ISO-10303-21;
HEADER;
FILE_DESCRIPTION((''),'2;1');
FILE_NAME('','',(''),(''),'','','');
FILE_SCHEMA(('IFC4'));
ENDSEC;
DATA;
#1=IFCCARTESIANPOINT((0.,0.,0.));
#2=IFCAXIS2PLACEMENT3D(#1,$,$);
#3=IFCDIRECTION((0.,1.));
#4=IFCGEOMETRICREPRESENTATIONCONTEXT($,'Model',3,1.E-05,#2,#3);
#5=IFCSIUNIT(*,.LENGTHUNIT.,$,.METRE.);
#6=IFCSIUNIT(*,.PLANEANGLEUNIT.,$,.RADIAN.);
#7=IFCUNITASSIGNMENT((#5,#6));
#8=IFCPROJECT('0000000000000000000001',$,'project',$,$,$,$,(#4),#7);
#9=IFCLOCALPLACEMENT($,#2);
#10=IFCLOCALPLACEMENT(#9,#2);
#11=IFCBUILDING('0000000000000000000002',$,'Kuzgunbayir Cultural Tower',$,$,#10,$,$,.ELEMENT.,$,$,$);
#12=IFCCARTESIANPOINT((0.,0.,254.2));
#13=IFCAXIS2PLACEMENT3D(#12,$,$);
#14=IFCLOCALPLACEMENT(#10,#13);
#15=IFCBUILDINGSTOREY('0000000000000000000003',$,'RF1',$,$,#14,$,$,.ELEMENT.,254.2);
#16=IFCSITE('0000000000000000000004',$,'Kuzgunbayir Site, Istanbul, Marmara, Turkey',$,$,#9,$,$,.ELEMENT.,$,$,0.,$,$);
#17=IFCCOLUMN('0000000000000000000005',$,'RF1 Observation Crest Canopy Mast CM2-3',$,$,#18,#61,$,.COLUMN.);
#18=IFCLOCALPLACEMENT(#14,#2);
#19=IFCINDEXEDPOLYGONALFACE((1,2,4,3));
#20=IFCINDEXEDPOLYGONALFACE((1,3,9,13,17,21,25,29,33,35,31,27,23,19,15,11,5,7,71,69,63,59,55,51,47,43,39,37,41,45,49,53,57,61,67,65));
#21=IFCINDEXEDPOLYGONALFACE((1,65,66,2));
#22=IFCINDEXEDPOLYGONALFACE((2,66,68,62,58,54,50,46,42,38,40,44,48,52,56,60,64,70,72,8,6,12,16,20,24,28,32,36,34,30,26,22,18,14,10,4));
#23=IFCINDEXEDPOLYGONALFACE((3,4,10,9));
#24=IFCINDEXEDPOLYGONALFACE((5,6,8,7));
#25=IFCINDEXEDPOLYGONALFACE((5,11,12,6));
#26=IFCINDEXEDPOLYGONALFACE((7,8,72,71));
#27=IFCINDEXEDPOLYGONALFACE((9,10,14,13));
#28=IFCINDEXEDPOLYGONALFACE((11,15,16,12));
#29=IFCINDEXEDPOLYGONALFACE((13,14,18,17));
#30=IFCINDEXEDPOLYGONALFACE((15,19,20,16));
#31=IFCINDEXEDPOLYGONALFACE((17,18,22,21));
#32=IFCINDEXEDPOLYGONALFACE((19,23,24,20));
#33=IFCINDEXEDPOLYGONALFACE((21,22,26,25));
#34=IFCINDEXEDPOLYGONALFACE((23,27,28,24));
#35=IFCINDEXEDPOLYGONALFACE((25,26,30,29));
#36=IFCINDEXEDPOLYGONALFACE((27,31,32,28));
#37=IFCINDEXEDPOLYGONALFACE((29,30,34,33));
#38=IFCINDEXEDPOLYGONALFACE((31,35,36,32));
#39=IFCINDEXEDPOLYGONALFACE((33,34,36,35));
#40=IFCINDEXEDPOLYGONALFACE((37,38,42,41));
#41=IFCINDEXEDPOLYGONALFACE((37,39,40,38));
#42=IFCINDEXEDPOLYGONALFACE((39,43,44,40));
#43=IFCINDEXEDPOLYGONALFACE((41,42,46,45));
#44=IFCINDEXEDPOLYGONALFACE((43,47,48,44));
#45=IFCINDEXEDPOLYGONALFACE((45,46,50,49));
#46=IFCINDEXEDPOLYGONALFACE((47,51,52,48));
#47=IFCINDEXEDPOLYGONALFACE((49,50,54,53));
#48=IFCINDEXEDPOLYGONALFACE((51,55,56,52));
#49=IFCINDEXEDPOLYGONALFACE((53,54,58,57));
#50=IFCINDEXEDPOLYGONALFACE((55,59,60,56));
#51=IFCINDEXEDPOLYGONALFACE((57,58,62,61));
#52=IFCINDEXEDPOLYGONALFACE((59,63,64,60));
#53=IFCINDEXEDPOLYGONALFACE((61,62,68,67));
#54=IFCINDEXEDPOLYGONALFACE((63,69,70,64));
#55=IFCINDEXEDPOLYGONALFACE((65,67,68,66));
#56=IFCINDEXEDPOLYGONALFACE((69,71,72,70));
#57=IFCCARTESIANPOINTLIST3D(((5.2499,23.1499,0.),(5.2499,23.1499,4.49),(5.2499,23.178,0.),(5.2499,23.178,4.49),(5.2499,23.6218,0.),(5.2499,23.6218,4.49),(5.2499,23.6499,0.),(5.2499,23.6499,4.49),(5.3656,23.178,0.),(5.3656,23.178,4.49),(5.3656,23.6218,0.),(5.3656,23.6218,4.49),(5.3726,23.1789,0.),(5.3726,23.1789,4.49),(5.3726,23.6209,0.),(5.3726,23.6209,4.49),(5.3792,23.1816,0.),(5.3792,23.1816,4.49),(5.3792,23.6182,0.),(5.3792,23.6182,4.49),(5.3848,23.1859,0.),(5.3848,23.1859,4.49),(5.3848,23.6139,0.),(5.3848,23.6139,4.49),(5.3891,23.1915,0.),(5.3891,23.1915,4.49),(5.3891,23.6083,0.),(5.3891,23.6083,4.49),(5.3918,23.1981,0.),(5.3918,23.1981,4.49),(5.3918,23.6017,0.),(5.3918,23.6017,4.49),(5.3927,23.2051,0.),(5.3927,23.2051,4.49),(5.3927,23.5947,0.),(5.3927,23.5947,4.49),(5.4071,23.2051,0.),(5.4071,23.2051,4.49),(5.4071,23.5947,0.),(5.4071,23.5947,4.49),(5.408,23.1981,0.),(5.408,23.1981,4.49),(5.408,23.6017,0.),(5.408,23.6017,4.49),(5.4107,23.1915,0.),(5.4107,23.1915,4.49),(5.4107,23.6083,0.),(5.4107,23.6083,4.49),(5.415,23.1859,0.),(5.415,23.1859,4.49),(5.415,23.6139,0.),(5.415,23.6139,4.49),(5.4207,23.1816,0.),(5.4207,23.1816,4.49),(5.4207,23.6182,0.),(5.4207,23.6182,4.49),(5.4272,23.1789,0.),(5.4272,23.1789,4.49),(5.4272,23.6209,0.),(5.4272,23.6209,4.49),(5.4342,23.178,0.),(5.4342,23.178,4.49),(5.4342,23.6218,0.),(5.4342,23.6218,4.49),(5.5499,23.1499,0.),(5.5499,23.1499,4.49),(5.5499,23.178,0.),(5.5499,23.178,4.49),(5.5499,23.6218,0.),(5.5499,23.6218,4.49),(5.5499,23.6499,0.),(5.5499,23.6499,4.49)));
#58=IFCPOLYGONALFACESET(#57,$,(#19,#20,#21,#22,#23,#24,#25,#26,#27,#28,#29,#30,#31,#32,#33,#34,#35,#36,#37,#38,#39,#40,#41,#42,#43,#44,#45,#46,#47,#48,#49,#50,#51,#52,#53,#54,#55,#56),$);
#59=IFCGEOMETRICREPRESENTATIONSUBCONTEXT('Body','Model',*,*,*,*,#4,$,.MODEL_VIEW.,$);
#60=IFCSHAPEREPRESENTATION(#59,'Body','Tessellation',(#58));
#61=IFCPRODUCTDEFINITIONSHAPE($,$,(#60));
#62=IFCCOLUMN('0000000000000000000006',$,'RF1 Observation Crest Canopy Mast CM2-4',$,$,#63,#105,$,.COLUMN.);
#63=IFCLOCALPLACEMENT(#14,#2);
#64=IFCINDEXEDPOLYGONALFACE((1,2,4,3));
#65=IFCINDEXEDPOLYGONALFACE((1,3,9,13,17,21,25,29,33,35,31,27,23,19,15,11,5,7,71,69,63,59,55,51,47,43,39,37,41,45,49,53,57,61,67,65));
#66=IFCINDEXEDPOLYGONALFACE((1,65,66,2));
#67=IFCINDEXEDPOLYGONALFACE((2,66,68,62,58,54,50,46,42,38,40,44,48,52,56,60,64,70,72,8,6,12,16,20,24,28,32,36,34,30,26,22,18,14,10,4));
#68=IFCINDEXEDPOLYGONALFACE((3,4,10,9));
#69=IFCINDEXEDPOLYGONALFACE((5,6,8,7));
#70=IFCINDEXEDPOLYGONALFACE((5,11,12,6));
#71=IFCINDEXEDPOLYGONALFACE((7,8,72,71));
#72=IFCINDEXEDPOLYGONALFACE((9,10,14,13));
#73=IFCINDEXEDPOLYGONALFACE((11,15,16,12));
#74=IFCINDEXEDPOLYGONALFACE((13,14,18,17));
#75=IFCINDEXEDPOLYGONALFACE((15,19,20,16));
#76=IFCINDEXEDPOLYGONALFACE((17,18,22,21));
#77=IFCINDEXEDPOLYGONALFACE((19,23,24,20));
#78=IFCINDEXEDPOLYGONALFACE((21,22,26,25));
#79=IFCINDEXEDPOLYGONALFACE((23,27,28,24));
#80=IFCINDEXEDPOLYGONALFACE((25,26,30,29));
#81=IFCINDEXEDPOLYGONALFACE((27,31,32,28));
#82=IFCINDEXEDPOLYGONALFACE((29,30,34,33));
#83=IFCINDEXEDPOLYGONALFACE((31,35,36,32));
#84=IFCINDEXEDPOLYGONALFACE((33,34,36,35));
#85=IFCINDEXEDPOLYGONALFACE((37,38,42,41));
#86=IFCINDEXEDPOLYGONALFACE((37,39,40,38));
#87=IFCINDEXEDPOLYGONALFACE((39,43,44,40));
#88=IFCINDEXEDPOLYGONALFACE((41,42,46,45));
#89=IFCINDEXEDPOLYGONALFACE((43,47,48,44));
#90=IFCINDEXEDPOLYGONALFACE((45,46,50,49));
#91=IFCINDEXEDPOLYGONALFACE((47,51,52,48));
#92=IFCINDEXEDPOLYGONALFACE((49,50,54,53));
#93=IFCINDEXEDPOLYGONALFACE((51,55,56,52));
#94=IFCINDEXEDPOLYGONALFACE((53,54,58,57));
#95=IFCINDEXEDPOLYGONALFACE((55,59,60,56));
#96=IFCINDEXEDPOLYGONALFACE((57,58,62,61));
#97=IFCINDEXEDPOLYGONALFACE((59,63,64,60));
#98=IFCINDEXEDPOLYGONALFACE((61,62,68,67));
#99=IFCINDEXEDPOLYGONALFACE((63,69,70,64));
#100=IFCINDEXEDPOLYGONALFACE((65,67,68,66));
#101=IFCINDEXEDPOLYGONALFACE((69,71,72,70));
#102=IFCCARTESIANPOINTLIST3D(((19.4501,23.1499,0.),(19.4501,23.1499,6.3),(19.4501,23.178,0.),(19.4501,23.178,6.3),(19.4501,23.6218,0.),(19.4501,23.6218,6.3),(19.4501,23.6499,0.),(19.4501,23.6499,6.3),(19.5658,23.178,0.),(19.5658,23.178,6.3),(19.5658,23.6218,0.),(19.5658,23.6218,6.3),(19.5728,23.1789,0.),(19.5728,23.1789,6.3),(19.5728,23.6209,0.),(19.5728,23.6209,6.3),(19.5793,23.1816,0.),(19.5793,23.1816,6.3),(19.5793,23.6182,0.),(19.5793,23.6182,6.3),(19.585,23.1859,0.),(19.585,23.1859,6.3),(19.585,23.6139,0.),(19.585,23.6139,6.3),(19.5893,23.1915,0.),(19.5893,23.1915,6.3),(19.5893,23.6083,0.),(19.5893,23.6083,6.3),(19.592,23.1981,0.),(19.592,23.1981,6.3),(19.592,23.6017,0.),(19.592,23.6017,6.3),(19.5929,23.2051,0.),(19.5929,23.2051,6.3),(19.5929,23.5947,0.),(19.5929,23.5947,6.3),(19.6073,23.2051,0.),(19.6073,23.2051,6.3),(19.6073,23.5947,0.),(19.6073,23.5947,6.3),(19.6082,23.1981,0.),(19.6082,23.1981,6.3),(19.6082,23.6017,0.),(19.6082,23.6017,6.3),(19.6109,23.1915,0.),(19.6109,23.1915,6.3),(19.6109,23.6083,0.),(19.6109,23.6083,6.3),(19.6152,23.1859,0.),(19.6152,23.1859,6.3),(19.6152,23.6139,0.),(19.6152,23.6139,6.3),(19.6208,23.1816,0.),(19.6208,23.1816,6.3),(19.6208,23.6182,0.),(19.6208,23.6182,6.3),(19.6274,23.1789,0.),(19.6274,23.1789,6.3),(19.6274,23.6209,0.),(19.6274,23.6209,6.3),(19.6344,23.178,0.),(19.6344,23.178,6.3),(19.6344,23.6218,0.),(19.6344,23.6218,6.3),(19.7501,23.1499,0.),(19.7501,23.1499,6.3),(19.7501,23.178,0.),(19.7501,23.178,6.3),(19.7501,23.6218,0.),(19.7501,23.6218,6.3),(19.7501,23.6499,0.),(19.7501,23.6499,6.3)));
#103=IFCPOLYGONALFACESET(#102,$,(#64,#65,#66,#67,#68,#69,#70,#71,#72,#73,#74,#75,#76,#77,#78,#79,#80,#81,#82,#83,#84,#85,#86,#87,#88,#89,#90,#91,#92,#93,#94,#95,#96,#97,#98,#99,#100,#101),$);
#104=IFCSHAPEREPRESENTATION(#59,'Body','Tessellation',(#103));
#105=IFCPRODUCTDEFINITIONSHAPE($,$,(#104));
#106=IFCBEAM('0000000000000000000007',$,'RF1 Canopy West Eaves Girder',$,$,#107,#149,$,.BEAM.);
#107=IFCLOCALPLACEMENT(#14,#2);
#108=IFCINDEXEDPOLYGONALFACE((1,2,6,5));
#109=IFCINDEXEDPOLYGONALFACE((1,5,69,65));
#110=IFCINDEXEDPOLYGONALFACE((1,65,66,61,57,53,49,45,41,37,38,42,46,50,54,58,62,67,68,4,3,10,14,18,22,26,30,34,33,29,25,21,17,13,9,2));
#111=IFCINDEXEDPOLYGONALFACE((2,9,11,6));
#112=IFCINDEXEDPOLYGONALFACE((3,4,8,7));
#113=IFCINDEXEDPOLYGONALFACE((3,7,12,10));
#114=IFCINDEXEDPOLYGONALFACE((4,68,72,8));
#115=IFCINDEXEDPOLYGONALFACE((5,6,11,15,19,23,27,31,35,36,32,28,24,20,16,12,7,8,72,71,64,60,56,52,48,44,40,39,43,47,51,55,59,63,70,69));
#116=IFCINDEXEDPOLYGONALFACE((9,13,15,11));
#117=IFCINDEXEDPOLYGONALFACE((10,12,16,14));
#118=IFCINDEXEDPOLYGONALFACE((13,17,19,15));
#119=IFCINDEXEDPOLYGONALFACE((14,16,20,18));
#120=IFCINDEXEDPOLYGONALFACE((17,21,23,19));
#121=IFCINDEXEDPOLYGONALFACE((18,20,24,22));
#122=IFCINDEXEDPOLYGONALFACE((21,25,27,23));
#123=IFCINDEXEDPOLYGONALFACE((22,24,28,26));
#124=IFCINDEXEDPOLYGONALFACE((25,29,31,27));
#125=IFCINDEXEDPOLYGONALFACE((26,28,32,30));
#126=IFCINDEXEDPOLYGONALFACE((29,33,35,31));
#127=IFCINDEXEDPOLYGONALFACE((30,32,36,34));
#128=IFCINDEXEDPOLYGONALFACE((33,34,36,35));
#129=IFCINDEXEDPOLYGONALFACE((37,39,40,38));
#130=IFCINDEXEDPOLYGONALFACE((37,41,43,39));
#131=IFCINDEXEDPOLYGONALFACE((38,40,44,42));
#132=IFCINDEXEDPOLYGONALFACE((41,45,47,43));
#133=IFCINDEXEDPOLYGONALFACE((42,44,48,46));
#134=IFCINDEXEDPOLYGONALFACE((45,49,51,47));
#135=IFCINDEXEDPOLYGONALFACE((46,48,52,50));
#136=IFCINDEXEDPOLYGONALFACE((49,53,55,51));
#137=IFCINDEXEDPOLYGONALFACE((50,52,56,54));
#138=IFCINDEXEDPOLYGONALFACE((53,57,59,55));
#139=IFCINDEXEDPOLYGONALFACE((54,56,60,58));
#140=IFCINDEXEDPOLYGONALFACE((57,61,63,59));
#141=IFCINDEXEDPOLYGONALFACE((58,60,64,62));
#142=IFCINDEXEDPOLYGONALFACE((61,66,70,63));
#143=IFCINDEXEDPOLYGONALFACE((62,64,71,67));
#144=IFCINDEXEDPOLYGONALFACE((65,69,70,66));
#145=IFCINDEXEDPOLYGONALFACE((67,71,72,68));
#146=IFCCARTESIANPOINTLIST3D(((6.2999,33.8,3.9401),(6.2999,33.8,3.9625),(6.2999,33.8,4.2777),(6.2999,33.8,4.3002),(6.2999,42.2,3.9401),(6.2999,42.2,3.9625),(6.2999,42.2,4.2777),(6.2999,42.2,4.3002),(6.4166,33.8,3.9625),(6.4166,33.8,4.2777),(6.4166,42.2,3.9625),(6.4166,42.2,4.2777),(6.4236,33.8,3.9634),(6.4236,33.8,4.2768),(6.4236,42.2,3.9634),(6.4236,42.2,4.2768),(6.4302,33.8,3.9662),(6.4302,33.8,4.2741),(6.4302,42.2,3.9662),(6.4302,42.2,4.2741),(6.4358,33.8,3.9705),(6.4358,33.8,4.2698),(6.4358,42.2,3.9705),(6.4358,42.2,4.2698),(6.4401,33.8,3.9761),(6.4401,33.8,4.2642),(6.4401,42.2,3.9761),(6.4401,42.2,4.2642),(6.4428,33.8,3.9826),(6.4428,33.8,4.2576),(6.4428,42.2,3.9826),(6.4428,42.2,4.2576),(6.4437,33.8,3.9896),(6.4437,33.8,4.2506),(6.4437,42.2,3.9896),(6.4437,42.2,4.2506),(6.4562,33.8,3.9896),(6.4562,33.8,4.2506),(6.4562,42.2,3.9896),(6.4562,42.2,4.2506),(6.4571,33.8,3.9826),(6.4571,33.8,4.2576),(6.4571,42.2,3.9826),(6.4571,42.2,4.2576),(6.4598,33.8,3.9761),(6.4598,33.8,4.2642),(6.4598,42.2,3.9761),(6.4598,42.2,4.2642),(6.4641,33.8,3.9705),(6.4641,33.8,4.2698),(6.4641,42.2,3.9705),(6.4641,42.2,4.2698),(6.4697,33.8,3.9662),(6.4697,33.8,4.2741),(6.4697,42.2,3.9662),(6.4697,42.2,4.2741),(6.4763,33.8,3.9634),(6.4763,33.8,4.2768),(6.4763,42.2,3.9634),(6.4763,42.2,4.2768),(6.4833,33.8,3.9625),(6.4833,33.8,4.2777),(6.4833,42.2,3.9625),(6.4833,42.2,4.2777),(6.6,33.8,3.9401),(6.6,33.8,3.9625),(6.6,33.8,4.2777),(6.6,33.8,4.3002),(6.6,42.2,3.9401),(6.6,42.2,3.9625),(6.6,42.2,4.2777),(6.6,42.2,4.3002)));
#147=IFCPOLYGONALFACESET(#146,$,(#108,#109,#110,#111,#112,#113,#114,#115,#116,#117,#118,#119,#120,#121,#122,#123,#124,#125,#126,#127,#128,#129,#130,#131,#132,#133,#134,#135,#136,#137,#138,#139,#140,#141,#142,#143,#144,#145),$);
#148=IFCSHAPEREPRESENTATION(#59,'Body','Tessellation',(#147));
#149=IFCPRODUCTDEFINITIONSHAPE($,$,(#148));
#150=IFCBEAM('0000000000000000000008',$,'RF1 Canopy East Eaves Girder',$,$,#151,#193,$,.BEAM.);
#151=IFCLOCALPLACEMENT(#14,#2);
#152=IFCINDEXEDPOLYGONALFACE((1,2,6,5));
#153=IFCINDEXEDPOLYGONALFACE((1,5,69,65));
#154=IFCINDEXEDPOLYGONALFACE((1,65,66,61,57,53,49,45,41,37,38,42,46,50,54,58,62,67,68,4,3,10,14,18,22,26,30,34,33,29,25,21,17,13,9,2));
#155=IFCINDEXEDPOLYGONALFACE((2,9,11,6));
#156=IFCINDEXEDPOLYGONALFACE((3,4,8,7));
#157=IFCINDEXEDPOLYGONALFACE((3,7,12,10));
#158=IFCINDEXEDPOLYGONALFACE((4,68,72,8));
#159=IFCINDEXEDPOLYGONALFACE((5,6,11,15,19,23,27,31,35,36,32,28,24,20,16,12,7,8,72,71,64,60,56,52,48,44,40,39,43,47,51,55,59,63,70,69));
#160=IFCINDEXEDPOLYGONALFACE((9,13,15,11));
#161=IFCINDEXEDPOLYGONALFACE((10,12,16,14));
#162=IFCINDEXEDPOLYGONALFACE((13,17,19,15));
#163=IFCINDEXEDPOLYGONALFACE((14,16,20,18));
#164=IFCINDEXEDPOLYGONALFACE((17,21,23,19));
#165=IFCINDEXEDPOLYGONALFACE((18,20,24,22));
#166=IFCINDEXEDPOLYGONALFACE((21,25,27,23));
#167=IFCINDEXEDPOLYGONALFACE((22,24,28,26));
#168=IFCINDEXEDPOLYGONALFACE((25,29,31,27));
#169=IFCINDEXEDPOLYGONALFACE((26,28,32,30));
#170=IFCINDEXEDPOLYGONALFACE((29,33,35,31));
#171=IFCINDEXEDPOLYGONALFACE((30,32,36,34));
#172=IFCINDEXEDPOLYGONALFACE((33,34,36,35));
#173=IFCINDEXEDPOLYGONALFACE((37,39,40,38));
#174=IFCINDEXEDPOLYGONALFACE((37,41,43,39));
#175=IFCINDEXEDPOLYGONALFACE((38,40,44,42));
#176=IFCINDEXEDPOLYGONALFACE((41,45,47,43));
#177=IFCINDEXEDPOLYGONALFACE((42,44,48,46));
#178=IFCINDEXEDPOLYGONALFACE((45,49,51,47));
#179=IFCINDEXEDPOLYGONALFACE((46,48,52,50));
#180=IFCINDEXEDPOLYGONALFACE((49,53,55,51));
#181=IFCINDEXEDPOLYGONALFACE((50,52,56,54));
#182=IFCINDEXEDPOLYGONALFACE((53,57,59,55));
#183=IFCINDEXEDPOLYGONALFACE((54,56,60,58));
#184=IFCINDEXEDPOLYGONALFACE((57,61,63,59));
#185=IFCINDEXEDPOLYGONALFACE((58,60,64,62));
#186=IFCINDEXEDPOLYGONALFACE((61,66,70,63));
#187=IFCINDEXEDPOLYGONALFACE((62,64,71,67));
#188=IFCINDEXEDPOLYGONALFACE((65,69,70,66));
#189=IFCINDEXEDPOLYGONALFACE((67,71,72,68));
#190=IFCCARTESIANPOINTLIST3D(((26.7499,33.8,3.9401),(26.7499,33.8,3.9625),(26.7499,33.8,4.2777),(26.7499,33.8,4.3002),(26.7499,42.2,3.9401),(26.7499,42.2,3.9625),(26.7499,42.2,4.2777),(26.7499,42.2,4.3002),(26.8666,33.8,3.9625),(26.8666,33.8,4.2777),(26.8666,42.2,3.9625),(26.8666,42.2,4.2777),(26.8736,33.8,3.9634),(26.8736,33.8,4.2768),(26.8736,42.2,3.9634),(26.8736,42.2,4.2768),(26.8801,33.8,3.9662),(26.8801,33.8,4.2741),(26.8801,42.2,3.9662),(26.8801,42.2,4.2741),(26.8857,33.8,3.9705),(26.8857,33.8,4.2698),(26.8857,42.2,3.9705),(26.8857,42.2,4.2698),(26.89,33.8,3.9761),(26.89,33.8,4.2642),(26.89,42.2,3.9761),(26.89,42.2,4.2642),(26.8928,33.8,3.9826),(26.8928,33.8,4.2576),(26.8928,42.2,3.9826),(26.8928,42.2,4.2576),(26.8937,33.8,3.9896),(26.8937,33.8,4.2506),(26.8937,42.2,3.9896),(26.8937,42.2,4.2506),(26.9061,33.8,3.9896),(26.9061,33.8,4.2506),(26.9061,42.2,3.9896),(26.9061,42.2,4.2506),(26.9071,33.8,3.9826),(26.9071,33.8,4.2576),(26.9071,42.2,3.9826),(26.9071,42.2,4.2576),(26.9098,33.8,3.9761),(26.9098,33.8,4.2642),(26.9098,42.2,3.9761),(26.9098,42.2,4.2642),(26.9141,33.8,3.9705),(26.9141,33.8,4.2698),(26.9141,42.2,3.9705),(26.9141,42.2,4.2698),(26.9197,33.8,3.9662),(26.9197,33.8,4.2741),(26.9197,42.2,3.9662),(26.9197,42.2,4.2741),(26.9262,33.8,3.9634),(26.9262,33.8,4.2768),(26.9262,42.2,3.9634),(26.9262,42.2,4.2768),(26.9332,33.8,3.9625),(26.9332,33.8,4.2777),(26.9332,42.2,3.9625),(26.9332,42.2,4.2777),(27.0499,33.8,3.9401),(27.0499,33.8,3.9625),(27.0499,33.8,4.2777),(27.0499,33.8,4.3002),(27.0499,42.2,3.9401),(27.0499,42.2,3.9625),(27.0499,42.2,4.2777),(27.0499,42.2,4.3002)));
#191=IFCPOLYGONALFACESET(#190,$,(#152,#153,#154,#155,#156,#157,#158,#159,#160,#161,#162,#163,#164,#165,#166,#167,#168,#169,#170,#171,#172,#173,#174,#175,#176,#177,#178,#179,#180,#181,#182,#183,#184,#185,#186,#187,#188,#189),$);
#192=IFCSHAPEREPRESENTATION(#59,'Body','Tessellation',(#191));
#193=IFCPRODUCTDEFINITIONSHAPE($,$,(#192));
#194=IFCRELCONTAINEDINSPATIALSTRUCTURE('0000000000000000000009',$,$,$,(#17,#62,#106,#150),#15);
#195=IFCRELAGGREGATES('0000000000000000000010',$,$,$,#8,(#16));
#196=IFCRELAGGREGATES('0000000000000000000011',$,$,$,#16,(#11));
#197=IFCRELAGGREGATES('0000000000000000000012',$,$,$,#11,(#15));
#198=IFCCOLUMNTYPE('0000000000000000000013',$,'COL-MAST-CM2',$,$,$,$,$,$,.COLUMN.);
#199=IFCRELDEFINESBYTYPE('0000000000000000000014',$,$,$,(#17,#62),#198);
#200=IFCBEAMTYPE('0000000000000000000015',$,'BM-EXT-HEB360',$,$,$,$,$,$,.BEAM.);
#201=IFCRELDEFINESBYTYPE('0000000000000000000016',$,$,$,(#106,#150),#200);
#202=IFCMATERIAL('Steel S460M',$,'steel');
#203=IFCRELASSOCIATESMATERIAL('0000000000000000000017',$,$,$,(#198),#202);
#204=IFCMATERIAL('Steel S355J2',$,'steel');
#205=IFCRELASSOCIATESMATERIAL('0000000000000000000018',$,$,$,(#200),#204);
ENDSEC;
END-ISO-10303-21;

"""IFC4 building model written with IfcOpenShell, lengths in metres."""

from ifc_helpers import new_model, si_unit, direction, frame, origin, origin_2d, place, context, subcontext, project, spatial, i_section, extrude, material, material_profile, profile_set, type_object, element, save


model = new_model("IFC4")

# Units and contexts
model_context = context("Model", 3, precision=1e-05, world=origin(), true_north=direction((0.0, 1.0)))
body_context = subcontext(model_context, "Body", "Model", "MODEL_VIEW")
ifc_project = project(units=[si_unit("LENGTHUNIT", "METRE"), si_unit("PLANEANGLEUNIT", "RADIAN")], contexts=[model_context])

# Site, building, storey
site_placement = place(None, origin())
site = spatial("IfcSite", under=ifc_project, at=site_placement, Name="Kuzgunbayir Site, Istanbul, Marmara, Turkey", CompositionType="ELEMENT", RefElevation=0.0)
building_placement = place(site_placement, origin())
building = spatial("IfcBuilding", under=site, at=building_placement, Name="Kuzgunbayir Cultural Tower", CompositionType="ELEMENT")
storey_placement = place(building_placement, frame((0.0, 0.0, 254.2)))
storey = spatial("IfcBuildingStorey", under=building, at=storey_placement, Name="RF1", CompositionType="ELEMENT", Elevation=254.2)

# Columns
ifc_material_1 = material(Name="Steel S460M", Category="steel")
ifc_material_profile_1 = material_profile(ifc_material_1, i_section(OverallWidth=0.3, OverallDepth=0.5, WebThickness=0.0144, FlangeThickness=0.0281, FilletRadius=0.0271, at=origin_2d()), Name="HEB 500")
ifc_profile_set_1 = profile_set([ifc_material_profile_1], Name="Steel S460M")
column_type_1 = type_object("IfcColumnType", Name="COL-MAST-CM2", PredefinedType="COLUMN", material=ifc_profile_set_1)
column_1_placement = place(storey_placement, frame((5.3999, 23.3999, 0.0), z_axis=(0.0, 0.0, 1.0), x_axis=(1.0, 0.0, 0.0)))
element("IfcColumn", 1, at=column_1_placement, inside=storey, type_object=column_type_1, Name="RF1 Observation Crest Canopy Mast CM2-3", PredefinedType="COLUMN", context=body_context, shape_type="SweptSolid", body=[
    extrude(i_section(OverallWidth=0.3, OverallDepth=0.5, WebThickness=0.0144, FlangeThickness=0.0281, FilletRadius=0.0271, at=origin_2d()), origin(), (0.0, 0.0, 1.0), 4.49),
])
column_2_placement = place(storey_placement, frame((19.6001, 23.3999, 0.0), z_axis=(0.0, 0.0, 1.0), x_axis=(1.0, 0.0, 0.0)))
element("IfcColumn", 2, at=column_2_placement, inside=storey, type_object=column_type_1, Name="RF1 Observation Crest Canopy Mast CM2-4", PredefinedType="COLUMN", context=body_context, shape_type="SweptSolid", body=[
    extrude(i_section(OverallWidth=0.3, OverallDepth=0.5, WebThickness=0.0144, FlangeThickness=0.0281, FilletRadius=0.0271, at=origin_2d()), origin(), (0.0, 0.0, 1.0), 6.3),
])

# Beams
ifc_material_2 = material(Name="Steel S355J2", Category="steel")
ifc_material_profile_2 = material_profile(ifc_material_2, i_section(OverallWidth=0.3, OverallDepth=0.3601, WebThickness=0.0125, FlangeThickness=0.0225, FilletRadius=0.0271, at=origin_2d()), Name="HEB 360")
ifc_profile_set_2 = profile_set([ifc_material_profile_2], Name="Steel S355J2")
beam_type = type_object("IfcBeamType", Name="BM-EXT-HEB360", PredefinedType="BEAM", material=ifc_profile_set_2)
for number, where, z_axis, x_axis, name in (
    (3, (6.45, 33.8, 4.1201), (0.0, 1.0, 0.0), (-1.0, 0.0, 0.0), "RF1 Canopy West Eaves Girder"),
    (4, (26.8999, 33.8, 4.1201), (0.0, 1.0, 0.0), (-1.0, 0.0, 0.0), "RF1 Canopy East Eaves Girder"),
):
    element("IfcBeam", number, at=place(storey_placement, frame(where, z_axis=z_axis, x_axis=x_axis)), inside=storey, type_object=beam_type, Name=name, PredefinedType="BEAM", context=body_context, shape_type="SweptSolid", body=[
        extrude(i_section(OverallWidth=0.3, OverallDepth=0.3601, WebThickness=0.0125, FlangeThickness=0.0225, FilletRadius=0.0271, at=origin_2d()), origin(), (0.0, 0.0, 1.0), 8.3999),
    ])

save(model, "model.ifc")
